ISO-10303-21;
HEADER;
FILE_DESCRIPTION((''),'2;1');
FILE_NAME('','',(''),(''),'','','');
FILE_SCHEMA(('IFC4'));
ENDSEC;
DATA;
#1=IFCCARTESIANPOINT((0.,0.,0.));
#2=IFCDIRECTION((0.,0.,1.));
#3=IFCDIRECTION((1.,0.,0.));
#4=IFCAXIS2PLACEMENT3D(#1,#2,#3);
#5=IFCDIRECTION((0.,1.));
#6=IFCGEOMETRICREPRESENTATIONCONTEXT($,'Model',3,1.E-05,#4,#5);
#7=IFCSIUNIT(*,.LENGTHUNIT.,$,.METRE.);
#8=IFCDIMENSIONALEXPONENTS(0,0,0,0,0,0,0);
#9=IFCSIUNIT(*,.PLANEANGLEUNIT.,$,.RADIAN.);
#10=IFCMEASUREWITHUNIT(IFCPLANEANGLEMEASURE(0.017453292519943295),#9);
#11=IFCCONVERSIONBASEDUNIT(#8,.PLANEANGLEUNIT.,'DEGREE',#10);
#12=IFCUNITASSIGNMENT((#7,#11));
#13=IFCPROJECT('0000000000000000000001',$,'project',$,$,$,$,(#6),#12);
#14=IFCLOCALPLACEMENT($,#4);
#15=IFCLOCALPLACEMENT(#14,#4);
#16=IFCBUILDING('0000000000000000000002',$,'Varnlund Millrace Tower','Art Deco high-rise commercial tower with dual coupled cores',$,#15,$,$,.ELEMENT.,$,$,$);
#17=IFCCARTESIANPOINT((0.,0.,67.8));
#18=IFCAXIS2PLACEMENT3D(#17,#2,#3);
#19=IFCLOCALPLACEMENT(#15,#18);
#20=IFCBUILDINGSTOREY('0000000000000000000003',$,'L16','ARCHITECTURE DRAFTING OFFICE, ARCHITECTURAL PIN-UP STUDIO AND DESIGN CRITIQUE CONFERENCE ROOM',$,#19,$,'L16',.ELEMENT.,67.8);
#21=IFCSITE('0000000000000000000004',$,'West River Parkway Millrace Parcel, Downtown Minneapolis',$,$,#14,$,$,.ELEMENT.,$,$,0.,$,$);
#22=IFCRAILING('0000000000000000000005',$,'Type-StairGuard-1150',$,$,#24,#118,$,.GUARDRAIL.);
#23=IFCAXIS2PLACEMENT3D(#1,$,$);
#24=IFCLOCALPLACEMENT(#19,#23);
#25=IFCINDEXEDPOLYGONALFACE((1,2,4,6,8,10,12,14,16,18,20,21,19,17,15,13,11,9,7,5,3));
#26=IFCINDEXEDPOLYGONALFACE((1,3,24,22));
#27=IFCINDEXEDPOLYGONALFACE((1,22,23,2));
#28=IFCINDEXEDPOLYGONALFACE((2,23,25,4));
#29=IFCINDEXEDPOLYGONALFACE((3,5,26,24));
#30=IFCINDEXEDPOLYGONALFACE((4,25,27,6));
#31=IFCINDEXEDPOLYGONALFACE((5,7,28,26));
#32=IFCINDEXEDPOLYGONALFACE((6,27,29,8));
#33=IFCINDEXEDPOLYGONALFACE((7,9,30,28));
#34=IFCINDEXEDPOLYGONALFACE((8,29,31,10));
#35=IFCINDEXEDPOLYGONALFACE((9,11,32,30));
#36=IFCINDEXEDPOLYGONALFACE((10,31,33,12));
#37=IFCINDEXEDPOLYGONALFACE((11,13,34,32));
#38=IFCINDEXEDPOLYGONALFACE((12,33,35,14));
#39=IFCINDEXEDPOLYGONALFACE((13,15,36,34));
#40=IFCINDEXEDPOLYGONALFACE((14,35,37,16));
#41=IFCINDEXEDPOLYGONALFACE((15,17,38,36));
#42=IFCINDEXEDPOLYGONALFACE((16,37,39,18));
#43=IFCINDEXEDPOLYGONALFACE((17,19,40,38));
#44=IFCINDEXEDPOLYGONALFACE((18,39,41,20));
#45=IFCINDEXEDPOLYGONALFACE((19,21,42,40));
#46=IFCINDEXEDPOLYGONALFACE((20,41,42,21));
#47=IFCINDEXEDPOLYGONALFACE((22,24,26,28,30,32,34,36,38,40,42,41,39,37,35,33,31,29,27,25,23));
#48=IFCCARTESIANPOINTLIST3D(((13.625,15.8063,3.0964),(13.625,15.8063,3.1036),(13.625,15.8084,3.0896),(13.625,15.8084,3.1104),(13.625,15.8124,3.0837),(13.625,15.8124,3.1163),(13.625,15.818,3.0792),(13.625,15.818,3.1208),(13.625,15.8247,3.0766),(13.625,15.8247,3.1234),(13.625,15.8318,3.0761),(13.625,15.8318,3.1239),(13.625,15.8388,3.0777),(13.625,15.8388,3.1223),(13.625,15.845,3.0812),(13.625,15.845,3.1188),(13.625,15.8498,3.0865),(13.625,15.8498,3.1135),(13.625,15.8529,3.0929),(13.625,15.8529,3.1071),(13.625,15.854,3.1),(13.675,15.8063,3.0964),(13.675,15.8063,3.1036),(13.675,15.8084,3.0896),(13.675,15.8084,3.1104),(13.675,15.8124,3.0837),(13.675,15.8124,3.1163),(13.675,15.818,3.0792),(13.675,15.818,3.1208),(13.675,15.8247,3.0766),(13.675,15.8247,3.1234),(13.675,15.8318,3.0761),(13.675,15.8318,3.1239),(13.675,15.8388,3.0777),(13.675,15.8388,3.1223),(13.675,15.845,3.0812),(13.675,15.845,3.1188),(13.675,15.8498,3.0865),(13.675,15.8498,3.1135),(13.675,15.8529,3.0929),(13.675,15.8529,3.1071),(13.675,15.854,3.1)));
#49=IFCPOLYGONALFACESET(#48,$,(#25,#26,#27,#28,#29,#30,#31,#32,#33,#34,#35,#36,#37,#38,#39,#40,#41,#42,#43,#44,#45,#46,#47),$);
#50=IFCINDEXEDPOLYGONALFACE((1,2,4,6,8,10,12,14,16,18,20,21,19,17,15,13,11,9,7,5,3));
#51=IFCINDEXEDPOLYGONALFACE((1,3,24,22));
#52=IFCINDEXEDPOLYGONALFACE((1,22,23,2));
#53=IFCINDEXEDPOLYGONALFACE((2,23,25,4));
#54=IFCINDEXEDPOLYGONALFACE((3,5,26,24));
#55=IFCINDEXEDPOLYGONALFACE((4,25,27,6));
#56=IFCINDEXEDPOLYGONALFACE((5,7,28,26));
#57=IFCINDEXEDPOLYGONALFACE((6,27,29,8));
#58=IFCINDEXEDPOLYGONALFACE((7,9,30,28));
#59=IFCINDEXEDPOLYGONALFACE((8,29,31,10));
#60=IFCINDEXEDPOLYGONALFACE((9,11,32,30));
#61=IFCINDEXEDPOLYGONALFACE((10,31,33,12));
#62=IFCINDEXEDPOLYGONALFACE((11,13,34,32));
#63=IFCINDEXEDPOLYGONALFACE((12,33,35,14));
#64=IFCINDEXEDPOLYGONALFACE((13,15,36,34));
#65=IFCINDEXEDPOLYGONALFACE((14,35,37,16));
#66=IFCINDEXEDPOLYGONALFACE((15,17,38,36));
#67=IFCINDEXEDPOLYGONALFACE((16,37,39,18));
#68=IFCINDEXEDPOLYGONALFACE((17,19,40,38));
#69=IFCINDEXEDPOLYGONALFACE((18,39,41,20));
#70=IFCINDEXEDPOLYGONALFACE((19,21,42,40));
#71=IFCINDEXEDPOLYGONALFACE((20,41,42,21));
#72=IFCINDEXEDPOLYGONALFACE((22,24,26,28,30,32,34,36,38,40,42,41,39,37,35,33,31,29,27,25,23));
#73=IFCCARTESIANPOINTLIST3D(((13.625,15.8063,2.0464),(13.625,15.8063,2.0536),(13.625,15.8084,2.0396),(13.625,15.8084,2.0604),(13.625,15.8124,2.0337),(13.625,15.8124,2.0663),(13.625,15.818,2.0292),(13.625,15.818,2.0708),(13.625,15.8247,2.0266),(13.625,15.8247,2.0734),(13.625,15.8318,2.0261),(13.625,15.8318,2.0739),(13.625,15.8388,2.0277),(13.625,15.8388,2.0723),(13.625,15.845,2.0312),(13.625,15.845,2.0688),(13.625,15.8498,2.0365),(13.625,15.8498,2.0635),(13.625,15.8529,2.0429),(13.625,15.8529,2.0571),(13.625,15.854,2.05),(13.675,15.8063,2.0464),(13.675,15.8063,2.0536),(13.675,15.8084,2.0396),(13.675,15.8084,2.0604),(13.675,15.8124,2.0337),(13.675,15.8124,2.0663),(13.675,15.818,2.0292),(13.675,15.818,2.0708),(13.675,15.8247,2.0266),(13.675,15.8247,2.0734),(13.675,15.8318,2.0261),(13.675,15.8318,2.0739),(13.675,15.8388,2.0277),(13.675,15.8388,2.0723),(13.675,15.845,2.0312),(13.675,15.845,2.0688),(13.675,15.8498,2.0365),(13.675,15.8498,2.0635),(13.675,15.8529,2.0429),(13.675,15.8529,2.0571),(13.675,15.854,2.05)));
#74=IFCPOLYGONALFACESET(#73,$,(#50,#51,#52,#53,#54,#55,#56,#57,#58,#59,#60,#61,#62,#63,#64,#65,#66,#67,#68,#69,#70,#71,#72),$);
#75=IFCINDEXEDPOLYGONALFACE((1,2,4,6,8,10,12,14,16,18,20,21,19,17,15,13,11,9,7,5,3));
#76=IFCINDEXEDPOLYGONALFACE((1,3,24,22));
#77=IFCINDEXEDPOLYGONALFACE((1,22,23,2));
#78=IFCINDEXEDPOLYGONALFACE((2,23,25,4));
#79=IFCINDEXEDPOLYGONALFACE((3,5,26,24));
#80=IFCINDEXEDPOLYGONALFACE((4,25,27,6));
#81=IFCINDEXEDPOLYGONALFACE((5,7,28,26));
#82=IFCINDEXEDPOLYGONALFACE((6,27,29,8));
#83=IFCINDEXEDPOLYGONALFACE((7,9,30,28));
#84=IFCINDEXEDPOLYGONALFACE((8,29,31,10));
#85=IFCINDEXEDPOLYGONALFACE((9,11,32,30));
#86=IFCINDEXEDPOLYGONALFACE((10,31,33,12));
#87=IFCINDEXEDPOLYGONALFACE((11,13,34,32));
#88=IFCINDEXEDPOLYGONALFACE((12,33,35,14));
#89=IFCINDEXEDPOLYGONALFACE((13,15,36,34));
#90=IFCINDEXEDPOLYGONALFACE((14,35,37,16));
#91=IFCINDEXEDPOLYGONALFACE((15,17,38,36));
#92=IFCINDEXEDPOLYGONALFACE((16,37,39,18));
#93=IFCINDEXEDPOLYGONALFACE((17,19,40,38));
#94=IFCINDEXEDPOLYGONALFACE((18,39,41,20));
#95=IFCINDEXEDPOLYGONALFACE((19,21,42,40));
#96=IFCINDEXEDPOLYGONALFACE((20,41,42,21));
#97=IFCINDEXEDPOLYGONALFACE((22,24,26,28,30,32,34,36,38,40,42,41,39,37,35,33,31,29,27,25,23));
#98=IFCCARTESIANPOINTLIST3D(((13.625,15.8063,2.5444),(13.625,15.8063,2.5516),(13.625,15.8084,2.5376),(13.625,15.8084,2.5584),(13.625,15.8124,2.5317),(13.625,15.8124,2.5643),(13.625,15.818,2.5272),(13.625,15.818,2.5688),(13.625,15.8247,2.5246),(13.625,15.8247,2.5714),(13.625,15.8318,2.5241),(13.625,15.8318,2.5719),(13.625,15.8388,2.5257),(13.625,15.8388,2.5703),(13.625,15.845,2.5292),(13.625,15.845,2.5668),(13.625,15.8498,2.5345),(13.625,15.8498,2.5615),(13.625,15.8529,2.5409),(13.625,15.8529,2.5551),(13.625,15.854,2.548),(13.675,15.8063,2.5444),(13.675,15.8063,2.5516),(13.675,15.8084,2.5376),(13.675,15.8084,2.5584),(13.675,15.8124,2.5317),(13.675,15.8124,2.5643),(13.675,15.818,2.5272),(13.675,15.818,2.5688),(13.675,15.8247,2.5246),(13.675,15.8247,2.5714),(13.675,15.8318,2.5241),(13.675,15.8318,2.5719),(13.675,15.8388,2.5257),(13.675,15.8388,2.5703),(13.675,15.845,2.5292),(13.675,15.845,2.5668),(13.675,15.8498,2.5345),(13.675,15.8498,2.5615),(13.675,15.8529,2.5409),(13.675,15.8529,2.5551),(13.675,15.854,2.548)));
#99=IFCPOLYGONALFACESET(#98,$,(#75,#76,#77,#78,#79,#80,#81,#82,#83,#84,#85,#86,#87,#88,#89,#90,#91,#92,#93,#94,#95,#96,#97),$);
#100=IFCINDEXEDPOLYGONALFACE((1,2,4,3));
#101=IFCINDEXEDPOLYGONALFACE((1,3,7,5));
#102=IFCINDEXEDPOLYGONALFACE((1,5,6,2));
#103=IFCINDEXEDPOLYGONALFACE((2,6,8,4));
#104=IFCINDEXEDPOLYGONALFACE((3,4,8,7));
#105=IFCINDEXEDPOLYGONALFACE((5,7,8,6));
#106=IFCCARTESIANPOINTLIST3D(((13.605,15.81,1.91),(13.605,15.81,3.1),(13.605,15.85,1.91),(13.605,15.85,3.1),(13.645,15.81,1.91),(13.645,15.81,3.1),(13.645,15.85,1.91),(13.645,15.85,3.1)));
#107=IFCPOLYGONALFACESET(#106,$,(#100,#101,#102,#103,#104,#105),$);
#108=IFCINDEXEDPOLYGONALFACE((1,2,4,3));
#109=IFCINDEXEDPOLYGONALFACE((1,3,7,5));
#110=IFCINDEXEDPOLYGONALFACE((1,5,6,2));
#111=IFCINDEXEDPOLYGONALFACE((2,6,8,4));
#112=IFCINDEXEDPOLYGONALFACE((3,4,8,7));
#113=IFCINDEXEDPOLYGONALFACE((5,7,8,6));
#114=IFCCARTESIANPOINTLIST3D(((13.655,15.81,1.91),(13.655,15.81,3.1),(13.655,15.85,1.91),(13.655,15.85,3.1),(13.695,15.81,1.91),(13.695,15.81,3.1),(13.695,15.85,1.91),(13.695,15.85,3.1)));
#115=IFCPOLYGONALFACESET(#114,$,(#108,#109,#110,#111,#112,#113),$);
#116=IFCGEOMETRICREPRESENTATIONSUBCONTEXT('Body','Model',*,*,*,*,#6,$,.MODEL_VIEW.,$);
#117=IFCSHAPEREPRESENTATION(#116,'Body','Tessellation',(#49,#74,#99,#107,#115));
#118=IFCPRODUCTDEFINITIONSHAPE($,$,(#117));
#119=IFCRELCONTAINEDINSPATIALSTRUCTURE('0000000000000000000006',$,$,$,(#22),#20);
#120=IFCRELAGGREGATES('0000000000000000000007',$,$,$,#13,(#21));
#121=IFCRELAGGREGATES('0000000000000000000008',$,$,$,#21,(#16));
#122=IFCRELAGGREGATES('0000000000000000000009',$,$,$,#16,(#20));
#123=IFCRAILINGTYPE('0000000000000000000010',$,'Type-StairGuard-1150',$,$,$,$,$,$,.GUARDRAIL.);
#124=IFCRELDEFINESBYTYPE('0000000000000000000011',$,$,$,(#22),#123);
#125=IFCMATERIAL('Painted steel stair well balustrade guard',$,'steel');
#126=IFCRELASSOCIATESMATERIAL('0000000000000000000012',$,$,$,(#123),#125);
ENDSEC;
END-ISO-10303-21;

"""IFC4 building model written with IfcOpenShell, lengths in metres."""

from ifc_helpers import new_model, entity, si_unit, converted_unit, direction, frame, origin_with_axes, origin_2d_with_axis, place, context, subcontext, project, spatial, rectangle, circle, extrude, material, type_object, element, save


model = new_model("IFC4")

# Units and contexts
model_context = context("Model", 3, precision=1e-05, world=origin_with_axes(), true_north=direction((0.0, 1.0)))
body_context = subcontext(model_context, "Body", "Model", "MODEL_VIEW")
ifc_project = project(units=[si_unit("LENGTHUNIT", "METRE"), converted_unit("PLANEANGLEUNIT", "DEGREE", entity("IfcPlaneAngleMeasure", 0.017453292519943295), si_unit("PLANEANGLEUNIT", "RADIAN"), dimensions=[0, 0, 0, 0, 0, 0, 0])], contexts=[model_context])

# Site, building, storey
site_placement = place(None, origin_with_axes())
site = spatial("IfcSite", under=ifc_project, at=site_placement, Name="West River Parkway Millrace Parcel, Downtown Minneapolis", CompositionType="ELEMENT", RefElevation=0.0)
building_placement = place(site_placement, origin_with_axes())
building = spatial("IfcBuilding", under=site, at=building_placement, Name="Varnlund Millrace Tower", Description="Art Deco high-rise commercial tower with dual coupled cores", CompositionType="ELEMENT")
storey_placement = place(building_placement, frame((0.0, 0.0, 67.8), z_axis=(0.0, 0.0, 1.0), x_axis=(1.0, 0.0, 0.0)))
storey = spatial("IfcBuildingStorey", under=building, at=storey_placement, Name="L16", Description="ARCHITECTURE DRAFTING OFFICE, ARCHITECTURAL PIN-UP STUDIO AND DESIGN CRITIQUE CONFERENCE ROOM", LongName="L16", CompositionType="ELEMENT", Elevation=67.8)

# Railing
ifc_material_1 = material(Name="Painted steel stair well balustrade guard", Category="steel")
railing_type_1 = type_object("IfcRailingType", Name="Type-StairGuard-1150", PredefinedType="GUARDRAIL", material=ifc_material_1)
railing_1_placement = place(storey_placement, frame((0.0, 0.0, -67.8), z_axis=(0.0, 0.0, 1.0), x_axis=(1.0, 0.0, 0.0)))
element("IfcRailing", 1, at=railing_1_placement, inside=storey, type_object=railing_type_1, Name="Type-StairGuard-1150", PredefinedType="GUARDRAIL", context=body_context, shape_type="SweptSolid", body=[
    extrude(circle(Radius=0.024, at=origin_2d_with_axis()), frame((13.625, 15.83, 70.9), z_axis=(1.0, 0.0, 0.0), x_axis=(0.0, 1.0, 0.0)), (0.0, 0.0, 1.0), 0.05),
    extrude(circle(Radius=0.024, at=origin_2d_with_axis()), frame((13.625, 15.83, 69.85), z_axis=(1.0, 0.0, 0.0), x_axis=(0.0, 1.0, 0.0)), (0.0, 0.0, 1.0), 0.05),
    extrude(circle(Radius=0.024, at=origin_2d_with_axis()), frame((13.625, 15.83, 70.348), z_axis=(1.0, 0.0, 0.0), x_axis=(0.0, 1.0, 0.0)), (0.0, 0.0, 1.0), 0.05),
    extrude(rectangle(XDim=0.04, YDim=0.04, at=origin_2d_with_axis()), frame((13.625, 15.83, 69.71), z_axis=(0.0, 0.0, 1.0), x_axis=(1.0, 0.0, 0.0)), (0.0, 0.0, 1.0), 1.19),
    extrude(rectangle(XDim=0.04, YDim=0.04, at=origin_2d_with_axis()), frame((13.675, 15.83, 69.71), z_axis=(0.0, 0.0, 1.0), x_axis=(1.0, 0.0, 0.0)), (0.0, 0.0, 1.0), 1.19),
])

save(model, "model.ifc")
